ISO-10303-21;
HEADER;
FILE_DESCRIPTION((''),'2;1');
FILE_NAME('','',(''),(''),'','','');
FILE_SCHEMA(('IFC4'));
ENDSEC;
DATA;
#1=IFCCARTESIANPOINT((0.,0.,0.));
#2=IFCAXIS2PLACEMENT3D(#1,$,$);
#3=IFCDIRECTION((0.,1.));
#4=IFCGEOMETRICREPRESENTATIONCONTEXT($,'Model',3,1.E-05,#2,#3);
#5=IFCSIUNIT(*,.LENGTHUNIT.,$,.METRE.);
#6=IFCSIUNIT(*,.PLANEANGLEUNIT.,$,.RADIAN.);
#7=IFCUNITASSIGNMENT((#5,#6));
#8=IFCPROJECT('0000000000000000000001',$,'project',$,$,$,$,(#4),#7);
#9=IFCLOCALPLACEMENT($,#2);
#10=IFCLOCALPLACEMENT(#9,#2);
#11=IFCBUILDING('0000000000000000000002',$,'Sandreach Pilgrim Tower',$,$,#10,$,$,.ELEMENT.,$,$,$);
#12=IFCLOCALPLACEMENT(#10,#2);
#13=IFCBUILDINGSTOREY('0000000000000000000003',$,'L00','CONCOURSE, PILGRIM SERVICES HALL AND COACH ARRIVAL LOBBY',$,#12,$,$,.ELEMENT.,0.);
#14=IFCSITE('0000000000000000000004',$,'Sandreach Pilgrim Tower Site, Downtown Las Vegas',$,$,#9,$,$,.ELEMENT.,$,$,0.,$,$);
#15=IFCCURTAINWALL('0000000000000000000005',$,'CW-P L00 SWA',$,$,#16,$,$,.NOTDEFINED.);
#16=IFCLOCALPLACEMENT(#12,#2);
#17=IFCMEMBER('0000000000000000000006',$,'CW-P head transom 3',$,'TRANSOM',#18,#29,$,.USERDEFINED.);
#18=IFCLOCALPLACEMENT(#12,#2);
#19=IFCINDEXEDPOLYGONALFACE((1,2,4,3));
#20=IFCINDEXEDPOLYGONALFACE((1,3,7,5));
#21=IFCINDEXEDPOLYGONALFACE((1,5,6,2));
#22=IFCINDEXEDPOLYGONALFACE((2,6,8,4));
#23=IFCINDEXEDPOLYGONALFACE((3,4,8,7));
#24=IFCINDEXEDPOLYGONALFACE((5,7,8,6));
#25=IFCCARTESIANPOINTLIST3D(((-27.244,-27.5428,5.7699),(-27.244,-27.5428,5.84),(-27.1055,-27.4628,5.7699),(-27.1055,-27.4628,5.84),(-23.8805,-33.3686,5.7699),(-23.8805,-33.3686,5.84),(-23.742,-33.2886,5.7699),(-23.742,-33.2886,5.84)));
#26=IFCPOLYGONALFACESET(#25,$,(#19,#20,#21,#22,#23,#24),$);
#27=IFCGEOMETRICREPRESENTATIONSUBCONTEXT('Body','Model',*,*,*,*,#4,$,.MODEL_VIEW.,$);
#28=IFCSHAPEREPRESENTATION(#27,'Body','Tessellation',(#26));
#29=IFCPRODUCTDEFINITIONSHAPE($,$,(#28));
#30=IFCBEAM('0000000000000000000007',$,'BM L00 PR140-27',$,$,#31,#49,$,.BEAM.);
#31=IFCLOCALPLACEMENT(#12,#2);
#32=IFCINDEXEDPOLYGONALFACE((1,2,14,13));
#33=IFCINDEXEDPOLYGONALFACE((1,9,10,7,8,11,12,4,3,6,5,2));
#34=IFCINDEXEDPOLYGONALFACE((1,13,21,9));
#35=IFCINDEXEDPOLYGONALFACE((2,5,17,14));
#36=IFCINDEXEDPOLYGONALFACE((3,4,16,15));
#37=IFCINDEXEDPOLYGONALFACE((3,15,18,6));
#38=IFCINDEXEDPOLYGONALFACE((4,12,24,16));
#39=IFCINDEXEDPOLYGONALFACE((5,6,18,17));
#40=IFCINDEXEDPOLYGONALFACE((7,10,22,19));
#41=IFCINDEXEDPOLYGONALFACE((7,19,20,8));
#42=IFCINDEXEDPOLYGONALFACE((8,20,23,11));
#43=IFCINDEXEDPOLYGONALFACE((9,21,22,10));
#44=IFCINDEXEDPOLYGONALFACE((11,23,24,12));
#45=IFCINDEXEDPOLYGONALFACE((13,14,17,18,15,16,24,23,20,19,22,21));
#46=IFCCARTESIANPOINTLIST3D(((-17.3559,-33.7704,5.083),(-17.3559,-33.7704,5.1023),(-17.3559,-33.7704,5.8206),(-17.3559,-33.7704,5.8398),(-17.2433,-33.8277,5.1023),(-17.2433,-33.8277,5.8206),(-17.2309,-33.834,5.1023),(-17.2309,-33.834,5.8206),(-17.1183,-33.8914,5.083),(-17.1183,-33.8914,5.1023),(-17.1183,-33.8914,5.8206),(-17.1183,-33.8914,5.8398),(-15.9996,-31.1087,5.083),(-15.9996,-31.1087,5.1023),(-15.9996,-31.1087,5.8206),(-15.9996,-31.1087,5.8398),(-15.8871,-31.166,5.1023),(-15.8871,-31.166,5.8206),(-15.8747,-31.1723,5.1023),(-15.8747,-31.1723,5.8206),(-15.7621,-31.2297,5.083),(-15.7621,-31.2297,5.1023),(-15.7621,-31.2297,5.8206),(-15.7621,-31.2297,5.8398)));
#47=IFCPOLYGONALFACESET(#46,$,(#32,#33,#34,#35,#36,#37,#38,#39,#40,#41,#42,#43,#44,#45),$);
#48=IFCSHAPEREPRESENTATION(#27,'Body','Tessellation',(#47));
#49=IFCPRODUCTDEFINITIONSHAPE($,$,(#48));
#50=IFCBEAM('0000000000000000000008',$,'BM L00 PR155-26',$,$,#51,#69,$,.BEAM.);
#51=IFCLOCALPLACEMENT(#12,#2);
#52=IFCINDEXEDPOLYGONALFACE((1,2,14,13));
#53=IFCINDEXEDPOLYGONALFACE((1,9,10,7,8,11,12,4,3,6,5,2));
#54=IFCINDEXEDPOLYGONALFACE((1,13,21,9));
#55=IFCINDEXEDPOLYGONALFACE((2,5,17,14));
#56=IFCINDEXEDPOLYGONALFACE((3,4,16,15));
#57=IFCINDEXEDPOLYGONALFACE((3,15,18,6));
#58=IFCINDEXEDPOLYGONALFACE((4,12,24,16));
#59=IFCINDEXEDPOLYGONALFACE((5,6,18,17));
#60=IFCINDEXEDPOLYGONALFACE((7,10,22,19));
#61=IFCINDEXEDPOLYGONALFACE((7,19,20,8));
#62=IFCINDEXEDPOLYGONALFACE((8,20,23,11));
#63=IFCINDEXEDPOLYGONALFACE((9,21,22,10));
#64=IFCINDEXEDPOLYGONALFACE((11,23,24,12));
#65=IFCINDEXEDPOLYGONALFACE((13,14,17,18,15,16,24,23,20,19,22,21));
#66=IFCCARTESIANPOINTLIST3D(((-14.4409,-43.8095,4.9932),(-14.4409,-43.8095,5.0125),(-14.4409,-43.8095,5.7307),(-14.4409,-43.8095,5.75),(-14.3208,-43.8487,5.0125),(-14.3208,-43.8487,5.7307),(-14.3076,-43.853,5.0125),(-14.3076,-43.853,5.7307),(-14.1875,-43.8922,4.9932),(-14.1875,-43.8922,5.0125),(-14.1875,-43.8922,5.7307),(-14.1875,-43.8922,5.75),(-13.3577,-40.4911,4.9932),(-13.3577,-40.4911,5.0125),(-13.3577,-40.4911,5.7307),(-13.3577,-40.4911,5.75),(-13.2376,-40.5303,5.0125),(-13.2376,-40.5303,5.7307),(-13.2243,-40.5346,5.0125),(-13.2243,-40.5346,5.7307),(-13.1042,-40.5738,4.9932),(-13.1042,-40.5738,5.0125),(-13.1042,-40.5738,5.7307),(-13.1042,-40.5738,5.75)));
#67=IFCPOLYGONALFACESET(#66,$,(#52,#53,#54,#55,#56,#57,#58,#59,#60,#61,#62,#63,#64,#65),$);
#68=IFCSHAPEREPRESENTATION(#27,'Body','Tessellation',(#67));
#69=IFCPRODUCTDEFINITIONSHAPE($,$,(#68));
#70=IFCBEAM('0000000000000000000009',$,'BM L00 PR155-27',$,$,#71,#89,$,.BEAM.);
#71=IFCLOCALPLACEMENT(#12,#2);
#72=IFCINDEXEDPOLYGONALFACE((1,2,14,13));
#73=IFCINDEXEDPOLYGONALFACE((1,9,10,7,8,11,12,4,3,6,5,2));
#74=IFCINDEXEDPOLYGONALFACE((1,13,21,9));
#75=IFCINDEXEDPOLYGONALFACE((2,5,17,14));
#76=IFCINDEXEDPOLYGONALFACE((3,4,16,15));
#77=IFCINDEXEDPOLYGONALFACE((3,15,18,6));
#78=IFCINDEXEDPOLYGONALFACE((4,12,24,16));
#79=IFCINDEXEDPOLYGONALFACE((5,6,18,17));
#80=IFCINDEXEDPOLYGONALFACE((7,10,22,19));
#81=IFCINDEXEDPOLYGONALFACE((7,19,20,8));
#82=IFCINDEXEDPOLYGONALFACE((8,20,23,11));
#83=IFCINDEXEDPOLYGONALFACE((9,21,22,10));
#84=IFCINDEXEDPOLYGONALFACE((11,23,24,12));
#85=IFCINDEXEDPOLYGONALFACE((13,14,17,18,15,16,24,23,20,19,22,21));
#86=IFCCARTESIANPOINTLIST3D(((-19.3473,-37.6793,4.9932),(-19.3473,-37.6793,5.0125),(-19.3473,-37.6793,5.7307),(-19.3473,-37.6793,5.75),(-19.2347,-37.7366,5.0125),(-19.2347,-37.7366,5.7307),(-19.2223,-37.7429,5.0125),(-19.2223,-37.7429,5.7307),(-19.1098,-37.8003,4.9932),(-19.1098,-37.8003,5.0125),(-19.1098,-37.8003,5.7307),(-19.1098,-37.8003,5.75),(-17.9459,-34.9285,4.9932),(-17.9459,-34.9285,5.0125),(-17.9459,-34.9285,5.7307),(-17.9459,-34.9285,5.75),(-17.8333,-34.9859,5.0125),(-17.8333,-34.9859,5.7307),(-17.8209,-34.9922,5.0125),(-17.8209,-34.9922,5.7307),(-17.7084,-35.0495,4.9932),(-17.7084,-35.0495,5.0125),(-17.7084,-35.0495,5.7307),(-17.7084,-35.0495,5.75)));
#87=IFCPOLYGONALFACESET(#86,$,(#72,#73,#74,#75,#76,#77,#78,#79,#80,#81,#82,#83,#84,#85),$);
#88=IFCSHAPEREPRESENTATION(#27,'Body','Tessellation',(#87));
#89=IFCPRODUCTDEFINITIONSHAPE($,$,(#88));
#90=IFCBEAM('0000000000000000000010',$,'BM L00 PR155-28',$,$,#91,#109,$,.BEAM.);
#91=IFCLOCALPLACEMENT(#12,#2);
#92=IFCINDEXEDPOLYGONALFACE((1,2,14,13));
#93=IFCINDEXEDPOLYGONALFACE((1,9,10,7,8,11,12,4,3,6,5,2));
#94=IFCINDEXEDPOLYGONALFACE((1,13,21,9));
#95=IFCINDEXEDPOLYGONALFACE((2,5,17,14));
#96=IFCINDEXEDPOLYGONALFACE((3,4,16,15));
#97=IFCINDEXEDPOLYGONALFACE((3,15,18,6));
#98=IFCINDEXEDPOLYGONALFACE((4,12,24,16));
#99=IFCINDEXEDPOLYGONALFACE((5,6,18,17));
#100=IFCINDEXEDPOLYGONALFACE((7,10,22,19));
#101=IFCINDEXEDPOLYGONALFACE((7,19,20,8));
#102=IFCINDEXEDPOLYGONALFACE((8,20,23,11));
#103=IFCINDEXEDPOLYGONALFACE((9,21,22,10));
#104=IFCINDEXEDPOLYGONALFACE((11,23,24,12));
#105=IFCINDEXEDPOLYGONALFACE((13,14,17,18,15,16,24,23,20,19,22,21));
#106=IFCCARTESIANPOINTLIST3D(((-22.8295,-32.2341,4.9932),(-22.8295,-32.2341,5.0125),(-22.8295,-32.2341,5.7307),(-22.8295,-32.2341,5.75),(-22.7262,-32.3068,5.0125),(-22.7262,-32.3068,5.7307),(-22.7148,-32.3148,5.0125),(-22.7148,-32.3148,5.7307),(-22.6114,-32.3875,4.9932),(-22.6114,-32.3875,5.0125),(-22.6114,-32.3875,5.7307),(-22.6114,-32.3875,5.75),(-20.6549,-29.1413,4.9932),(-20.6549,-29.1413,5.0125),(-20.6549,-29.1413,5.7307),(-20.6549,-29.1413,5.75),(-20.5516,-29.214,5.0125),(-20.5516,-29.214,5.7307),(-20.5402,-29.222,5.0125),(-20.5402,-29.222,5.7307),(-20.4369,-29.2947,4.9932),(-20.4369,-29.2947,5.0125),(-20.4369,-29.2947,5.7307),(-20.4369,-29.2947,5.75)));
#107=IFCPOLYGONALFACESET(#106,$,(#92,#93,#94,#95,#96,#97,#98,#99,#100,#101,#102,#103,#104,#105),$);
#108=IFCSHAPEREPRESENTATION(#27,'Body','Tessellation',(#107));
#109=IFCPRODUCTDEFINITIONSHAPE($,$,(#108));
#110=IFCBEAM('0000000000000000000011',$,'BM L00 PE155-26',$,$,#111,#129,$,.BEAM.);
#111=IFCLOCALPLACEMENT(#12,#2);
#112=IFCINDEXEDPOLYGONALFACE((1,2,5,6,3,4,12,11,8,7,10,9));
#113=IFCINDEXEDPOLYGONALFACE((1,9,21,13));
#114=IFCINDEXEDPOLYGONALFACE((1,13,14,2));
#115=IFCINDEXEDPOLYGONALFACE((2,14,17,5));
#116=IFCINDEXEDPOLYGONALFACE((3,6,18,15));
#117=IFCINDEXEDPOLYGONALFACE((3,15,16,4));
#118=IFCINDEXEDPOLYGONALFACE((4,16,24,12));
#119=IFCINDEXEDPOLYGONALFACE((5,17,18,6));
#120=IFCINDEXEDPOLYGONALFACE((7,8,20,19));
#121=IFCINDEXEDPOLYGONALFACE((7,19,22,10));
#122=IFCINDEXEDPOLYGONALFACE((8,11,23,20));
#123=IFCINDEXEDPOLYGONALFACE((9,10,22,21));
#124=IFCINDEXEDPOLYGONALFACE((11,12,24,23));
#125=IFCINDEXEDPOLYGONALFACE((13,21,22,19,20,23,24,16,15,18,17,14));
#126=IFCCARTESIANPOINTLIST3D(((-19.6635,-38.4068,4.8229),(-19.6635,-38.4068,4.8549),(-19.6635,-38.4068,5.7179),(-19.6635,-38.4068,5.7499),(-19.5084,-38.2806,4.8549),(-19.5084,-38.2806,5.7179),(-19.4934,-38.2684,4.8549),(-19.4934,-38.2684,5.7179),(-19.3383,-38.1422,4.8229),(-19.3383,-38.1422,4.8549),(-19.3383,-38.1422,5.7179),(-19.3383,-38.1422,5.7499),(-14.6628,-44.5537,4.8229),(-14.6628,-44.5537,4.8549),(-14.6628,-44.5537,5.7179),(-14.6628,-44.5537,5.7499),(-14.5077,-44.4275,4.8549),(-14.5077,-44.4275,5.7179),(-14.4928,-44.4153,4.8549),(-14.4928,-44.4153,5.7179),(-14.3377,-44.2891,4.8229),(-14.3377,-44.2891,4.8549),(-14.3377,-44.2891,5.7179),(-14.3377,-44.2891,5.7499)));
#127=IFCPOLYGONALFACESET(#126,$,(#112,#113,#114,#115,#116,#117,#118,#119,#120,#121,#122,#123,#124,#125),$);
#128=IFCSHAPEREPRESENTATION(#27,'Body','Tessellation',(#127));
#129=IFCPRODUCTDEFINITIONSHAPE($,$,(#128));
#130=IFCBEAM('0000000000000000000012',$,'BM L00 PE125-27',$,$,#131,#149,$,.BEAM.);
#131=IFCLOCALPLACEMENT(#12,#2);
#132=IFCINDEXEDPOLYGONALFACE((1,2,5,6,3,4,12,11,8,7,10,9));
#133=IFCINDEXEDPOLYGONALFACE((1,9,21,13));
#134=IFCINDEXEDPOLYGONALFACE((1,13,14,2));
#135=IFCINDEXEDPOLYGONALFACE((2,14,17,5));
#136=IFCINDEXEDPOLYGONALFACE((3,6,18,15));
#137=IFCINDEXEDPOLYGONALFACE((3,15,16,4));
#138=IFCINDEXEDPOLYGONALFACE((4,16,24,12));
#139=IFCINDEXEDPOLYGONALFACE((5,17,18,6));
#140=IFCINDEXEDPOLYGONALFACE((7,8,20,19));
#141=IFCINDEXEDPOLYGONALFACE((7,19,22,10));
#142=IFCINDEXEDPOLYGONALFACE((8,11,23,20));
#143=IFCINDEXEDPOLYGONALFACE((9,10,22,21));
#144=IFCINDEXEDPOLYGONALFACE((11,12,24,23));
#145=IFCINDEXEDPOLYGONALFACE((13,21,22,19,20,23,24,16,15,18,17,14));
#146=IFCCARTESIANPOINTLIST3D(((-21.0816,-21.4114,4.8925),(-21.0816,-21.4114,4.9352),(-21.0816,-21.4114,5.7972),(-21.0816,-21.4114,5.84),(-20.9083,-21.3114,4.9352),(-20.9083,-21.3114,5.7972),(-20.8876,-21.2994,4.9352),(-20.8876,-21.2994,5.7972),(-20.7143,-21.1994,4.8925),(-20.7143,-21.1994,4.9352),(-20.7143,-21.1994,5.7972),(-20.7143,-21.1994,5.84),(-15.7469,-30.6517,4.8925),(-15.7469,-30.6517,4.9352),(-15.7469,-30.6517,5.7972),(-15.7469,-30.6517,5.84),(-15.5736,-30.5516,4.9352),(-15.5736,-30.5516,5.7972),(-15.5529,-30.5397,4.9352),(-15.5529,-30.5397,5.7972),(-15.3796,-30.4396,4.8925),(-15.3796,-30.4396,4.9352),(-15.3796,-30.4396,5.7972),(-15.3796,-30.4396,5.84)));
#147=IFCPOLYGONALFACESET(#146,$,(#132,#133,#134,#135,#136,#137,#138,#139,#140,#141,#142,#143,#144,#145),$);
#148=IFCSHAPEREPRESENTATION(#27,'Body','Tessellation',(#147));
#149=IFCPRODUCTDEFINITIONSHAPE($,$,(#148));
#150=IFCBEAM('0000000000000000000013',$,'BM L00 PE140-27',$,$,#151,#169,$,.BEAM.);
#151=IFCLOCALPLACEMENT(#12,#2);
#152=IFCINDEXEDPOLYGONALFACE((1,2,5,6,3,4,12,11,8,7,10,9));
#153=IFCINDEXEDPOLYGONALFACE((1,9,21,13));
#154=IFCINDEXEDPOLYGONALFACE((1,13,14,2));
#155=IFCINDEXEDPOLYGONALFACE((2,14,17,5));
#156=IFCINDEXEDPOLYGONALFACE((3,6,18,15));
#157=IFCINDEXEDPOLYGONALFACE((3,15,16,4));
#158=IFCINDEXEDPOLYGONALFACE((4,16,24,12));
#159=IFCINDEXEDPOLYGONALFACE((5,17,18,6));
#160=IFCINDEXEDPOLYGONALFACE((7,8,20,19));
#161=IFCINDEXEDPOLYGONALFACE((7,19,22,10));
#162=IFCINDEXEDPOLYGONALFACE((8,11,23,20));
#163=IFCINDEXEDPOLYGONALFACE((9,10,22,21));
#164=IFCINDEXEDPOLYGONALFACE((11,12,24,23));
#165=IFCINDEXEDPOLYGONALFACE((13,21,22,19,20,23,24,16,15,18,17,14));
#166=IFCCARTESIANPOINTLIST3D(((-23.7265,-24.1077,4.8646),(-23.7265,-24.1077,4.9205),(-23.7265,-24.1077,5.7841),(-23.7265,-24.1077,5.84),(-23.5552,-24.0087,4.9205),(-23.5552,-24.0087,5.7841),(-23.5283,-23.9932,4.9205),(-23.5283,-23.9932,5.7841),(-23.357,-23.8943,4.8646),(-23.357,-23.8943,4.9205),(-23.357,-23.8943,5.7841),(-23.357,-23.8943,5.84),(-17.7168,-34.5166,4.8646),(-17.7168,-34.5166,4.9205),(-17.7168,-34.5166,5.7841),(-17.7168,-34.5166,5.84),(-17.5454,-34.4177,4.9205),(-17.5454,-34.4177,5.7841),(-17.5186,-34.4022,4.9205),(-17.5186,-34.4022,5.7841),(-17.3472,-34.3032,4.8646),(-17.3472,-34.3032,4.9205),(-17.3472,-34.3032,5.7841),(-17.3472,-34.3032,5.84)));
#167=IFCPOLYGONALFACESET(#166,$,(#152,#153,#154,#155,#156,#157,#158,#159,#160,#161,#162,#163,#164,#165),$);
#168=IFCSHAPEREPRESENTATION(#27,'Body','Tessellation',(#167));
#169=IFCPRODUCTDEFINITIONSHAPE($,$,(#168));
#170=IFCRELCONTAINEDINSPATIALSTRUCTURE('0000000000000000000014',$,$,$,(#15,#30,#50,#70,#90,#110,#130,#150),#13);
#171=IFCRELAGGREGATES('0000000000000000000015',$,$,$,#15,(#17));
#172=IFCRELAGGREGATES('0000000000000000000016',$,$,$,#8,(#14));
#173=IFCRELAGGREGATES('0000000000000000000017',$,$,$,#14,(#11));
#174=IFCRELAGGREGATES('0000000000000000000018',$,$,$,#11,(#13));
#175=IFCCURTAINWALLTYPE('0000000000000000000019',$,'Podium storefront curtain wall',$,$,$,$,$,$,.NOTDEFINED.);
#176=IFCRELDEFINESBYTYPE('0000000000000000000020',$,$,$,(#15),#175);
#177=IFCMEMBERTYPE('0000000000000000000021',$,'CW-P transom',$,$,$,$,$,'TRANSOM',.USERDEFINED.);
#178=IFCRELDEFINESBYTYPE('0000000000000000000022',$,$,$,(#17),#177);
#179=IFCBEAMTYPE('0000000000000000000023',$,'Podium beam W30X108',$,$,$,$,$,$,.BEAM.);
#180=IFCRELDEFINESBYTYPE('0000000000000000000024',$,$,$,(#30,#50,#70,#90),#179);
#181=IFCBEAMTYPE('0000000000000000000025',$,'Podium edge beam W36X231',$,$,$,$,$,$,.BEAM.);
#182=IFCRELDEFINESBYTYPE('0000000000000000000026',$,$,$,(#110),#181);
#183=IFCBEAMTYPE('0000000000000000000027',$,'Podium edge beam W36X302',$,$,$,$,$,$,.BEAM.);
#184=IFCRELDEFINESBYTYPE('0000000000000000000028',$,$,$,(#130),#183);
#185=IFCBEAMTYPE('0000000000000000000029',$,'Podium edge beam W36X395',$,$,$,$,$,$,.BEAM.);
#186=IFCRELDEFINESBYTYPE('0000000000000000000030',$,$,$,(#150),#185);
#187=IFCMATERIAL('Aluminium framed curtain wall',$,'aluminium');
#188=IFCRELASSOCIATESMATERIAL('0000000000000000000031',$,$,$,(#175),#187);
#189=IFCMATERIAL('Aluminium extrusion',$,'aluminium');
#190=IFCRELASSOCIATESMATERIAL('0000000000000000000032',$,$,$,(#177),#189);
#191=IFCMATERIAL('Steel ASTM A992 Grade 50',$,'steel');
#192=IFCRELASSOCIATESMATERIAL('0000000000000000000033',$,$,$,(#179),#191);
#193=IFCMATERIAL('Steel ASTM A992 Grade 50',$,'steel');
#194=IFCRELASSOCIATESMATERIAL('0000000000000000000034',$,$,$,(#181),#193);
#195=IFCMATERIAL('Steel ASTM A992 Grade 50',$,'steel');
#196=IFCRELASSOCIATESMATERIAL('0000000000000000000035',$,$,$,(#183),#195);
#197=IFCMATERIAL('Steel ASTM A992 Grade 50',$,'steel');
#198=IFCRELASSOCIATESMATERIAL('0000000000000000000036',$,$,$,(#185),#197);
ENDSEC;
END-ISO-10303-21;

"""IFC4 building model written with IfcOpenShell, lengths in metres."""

from ifc_helpers import new_model, si_unit, direction, frame, origin, origin_2d, place, context, subcontext, project, spatial, rectangle, i_section, extrude, material, material_profile, profile_set, type_object, element, aggregate, save


model = new_model("IFC4")

# Units and contexts
model_context = context("Model", 3, precision=1e-05, world=origin(), true_north=direction((0.0, 1.0)))
body_context = subcontext(model_context, "Body", "Model", "MODEL_VIEW")
ifc_project = project(units=[si_unit("LENGTHUNIT", "METRE"), si_unit("PLANEANGLEUNIT", "RADIAN")], contexts=[model_context])

# Site, building, storey
site_placement = place(None, origin())
site = spatial("IfcSite", under=ifc_project, at=site_placement, Name="Sandreach Pilgrim Tower Site, Downtown Las Vegas", CompositionType="ELEMENT", RefElevation=0.0)
building_placement = place(site_placement, origin())
building = spatial("IfcBuilding", under=site, at=building_placement, Name="Sandreach Pilgrim Tower", CompositionType="ELEMENT")
storey_placement = place(building_placement, origin())
storey = spatial("IfcBuildingStorey", under=building, at=storey_placement, Name="L00", Description="CONCOURSE, PILGRIM SERVICES HALL AND COACH ARRIVAL LOBBY", CompositionType="ELEMENT", Elevation=0.0)

# Curtain wall, member
ifc_material_1 = material(Name="Aluminium framed curtain wall", Category="aluminium")
curtain_wall_type = type_object("IfcCurtainWallType", Name="Podium storefront curtain wall", PredefinedType="NOTDEFINED", material=ifc_material_1)
curtain_wall_placement = place(storey_placement, origin())
curtain_wall = element("IfcCurtainWall", 1, at=curtain_wall_placement, inside=storey, type_object=curtain_wall_type, Name="CW-P L00 SWA", PredefinedType="NOTDEFINED")
ifc_material_2 = material(Name="Aluminium extrusion", Category="aluminium")
ifc_material_profile_1 = material_profile(ifc_material_2, rectangle(XDim=0.1599, YDim=0.0701, at=origin_2d()), Name="CW-PT 160X70")
ifc_profile_set_1 = profile_set([ifc_material_profile_1], Name="Aluminium extrusion")
member_type_1 = type_object("IfcMemberType", Name="CW-P transom", ElementType="TRANSOM", PredefinedType="USERDEFINED", material=ifc_profile_set_1)
member_1_placement = place(storey_placement, frame((-23.8113, -33.3286, 5.8049), z_axis=(-0.499992, 0.86603, 0.0), x_axis=(-0.86603, -0.499992, 0.0)))
member_1 = element("IfcMember", 2, at=member_1_placement, type_object=member_type_1, Name="CW-P head transom 3", ObjectType="TRANSOM", PredefinedType="USERDEFINED", context=body_context, shape_type="SweptSolid", body=[
    extrude(rectangle(XDim=0.1599, YDim=0.0701, at=origin_2d()), origin(), (0.0, 0.0, 1.0), 6.7271),
])

# Beams
ifc_material_3 = material(Name="Steel ASTM A992 Grade 50", Category="steel")
ifc_material_profile_2 = material_profile(ifc_material_3, i_section(OverallWidth=0.2666, OverallDepth=0.7568, WebThickness=0.0139, FlangeThickness=0.0193, at=origin_2d()), Name="W30X108")
ifc_profile_set_2 = profile_set([ifc_material_profile_2], Name="Steel ASTM A992 Grade 50")
beam_type_1 = type_object("IfcBeamType", Name="Podium beam W30X108", PredefinedType="BEAM", material=ifc_profile_set_2)
beam_1_placement = place(storey_placement, frame((-15.8809, -31.1692, 5.4614), z_axis=(-0.454, -0.891001, 0.0), x_axis=(0.891001, -0.454, 0.0)))
element("IfcBeam", 3, at=beam_1_placement, inside=storey, type_object=beam_type_1, Name="BM L00 PR140-27", PredefinedType="BEAM", context=body_context, shape_type="SweptSolid", body=[
    extrude(i_section(OverallWidth=0.2666, OverallDepth=0.7568, WebThickness=0.0139, FlangeThickness=0.0193, at=origin_2d()), origin(), (0.0, 0.0, 1.0), 2.9873),
])
beam_2_placement = place(storey_placement, frame((-13.231, -40.5325, 5.3716), z_axis=(-0.310326, -0.95063, 0.0), x_axis=(0.95063, -0.310326, 0.0)))
element("IfcBeam", 4, at=beam_2_placement, inside=storey, type_object=beam_type_1, Name="BM L00 PR155-26", PredefinedType="BEAM", context=body_context, shape_type="SweptSolid", body=[
    extrude(i_section(OverallWidth=0.2666, OverallDepth=0.7568, WebThickness=0.0139, FlangeThickness=0.0193, at=origin_2d()), origin(), (0.0, 0.0, 1.0), 3.4907),
])
beam_3_placement = place(storey_placement, frame((-17.8271, -34.989, 5.3716), z_axis=(-0.453939, -0.891033, 0.0), x_axis=(0.891033, -0.453939, 0.0)))
element("IfcBeam", 5, at=beam_3_placement, inside=storey, type_object=beam_type_1, Name="BM L00 PR155-27", PredefinedType="BEAM", context=body_context, shape_type="SweptSolid", body=[
    extrude(i_section(OverallWidth=0.2666, OverallDepth=0.7568, WebThickness=0.0139, FlangeThickness=0.0193, at=origin_2d()), origin(), (0.0, 0.0, 1.0), 3.0872),
])
beam_4_placement = place(storey_placement, frame((-20.5459, -29.218, 5.3716), z_axis=(-0.575169, -0.818035, 0.0), x_axis=(0.818035, -0.575169, 0.0)))
element("IfcBeam", 6, at=beam_4_placement, inside=storey, type_object=beam_type_1, Name="BM L00 PR155-28", PredefinedType="BEAM", context=body_context, shape_type="SweptSolid", body=[
    extrude(i_section(OverallWidth=0.2666, OverallDepth=0.7568, WebThickness=0.0139, FlangeThickness=0.0193, at=origin_2d()), origin(), (0.0, 0.0, 1.0), 3.7808),
])
ifc_material_4 = material(Name="Steel ASTM A992 Grade 50", Category="steel")
ifc_material_profile_3 = material_profile(ifc_material_4, i_section(OverallWidth=0.4192, OverallDepth=0.927, WebThickness=0.0193, FlangeThickness=0.032, at=origin_2d()), Name="W36X231")
ifc_profile_set_3 = profile_set([ifc_material_profile_3], Name="Steel ASTM A992 Grade 50")
beam_type_2 = type_object("IfcBeamType", Name="Podium edge beam W36X231", PredefinedType="BEAM", material=ifc_profile_set_3)
beam_5_placement = place(storey_placement, frame((-14.5002, -44.4214, 5.2864), z_axis=(-0.631073, 0.775724, 0.0), x_axis=(-0.775724, -0.631073, 0.0)))
element("IfcBeam", 7, at=beam_5_placement, inside=storey, type_object=beam_type_2, Name="BM L00 PE155-26", PredefinedType="BEAM", context=body_context, shape_type="SweptSolid", body=[
    extrude(i_section(OverallWidth=0.4192, OverallDepth=0.927, WebThickness=0.0193, FlangeThickness=0.032, at=origin_2d()), origin(), (0.0, 0.0, 1.0), 7.9241),
])
ifc_material_5 = material(Name="Steel ASTM A992 Grade 50", Category="steel")
ifc_material_profile_4 = material_profile(ifc_material_5, i_section(OverallWidth=0.4241, OverallDepth=0.9475, WebThickness=0.0239, FlangeThickness=0.0427, at=origin_2d()), Name="W36X302")
ifc_profile_set_4 = profile_set([ifc_material_profile_4], Name="Steel ASTM A992 Grade 50")
beam_type_3 = type_object("IfcBeamType", Name="Podium edge beam W36X302", PredefinedType="BEAM", material=ifc_profile_set_4)
beam_6_placement = place(storey_placement, frame((-15.5632, -30.5457, 5.3662), z_axis=(-0.499991, 0.866031, 0.0), x_axis=(-0.866031, -0.499991, 0.0)))
element("IfcBeam", 8, at=beam_6_placement, inside=storey, type_object=beam_type_3, Name="BM L00 PE125-27", PredefinedType="BEAM", context=body_context, shape_type="SweptSolid", body=[
    extrude(i_section(OverallWidth=0.4241, OverallDepth=0.9475, WebThickness=0.0239, FlangeThickness=0.0427, at=origin_2d()), origin(), (0.0, 0.0, 1.0), 10.6697),
])
ifc_material_6 = material(Name="Steel ASTM A992 Grade 50", Category="steel")
ifc_material_profile_5 = material_profile(ifc_material_6, i_section(OverallWidth=0.4268, OverallDepth=0.9753, WebThickness=0.031, FlangeThickness=0.0559, at=origin_2d()), Name="W36X395")
ifc_profile_set_5 = profile_set([ifc_material_profile_5], Name="Steel ASTM A992 Grade 50")
beam_type_4 = type_object("IfcBeamType", Name="Podium edge beam W36X395", PredefinedType="BEAM", material=ifc_profile_set_5)
beam_7_placement = place(storey_placement, frame((-17.532, -34.4099, 5.3523), z_axis=(-0.50001, 0.866019, 0.0), x_axis=(-0.866019, -0.50001, 0.0)))
element("IfcBeam", 9, at=beam_7_placement, inside=storey, type_object=beam_type_4, Name="BM L00 PE140-27", PredefinedType="BEAM", context=body_context, shape_type="SweptSolid", body=[
    extrude(i_section(OverallWidth=0.4268, OverallDepth=0.9753, WebThickness=0.031, FlangeThickness=0.0559, at=origin_2d()), origin(), (0.0, 0.0, 1.0), 12.0193),
])

aggregate(curtain_wall, [member_1])

save(model, "model.ifc")
